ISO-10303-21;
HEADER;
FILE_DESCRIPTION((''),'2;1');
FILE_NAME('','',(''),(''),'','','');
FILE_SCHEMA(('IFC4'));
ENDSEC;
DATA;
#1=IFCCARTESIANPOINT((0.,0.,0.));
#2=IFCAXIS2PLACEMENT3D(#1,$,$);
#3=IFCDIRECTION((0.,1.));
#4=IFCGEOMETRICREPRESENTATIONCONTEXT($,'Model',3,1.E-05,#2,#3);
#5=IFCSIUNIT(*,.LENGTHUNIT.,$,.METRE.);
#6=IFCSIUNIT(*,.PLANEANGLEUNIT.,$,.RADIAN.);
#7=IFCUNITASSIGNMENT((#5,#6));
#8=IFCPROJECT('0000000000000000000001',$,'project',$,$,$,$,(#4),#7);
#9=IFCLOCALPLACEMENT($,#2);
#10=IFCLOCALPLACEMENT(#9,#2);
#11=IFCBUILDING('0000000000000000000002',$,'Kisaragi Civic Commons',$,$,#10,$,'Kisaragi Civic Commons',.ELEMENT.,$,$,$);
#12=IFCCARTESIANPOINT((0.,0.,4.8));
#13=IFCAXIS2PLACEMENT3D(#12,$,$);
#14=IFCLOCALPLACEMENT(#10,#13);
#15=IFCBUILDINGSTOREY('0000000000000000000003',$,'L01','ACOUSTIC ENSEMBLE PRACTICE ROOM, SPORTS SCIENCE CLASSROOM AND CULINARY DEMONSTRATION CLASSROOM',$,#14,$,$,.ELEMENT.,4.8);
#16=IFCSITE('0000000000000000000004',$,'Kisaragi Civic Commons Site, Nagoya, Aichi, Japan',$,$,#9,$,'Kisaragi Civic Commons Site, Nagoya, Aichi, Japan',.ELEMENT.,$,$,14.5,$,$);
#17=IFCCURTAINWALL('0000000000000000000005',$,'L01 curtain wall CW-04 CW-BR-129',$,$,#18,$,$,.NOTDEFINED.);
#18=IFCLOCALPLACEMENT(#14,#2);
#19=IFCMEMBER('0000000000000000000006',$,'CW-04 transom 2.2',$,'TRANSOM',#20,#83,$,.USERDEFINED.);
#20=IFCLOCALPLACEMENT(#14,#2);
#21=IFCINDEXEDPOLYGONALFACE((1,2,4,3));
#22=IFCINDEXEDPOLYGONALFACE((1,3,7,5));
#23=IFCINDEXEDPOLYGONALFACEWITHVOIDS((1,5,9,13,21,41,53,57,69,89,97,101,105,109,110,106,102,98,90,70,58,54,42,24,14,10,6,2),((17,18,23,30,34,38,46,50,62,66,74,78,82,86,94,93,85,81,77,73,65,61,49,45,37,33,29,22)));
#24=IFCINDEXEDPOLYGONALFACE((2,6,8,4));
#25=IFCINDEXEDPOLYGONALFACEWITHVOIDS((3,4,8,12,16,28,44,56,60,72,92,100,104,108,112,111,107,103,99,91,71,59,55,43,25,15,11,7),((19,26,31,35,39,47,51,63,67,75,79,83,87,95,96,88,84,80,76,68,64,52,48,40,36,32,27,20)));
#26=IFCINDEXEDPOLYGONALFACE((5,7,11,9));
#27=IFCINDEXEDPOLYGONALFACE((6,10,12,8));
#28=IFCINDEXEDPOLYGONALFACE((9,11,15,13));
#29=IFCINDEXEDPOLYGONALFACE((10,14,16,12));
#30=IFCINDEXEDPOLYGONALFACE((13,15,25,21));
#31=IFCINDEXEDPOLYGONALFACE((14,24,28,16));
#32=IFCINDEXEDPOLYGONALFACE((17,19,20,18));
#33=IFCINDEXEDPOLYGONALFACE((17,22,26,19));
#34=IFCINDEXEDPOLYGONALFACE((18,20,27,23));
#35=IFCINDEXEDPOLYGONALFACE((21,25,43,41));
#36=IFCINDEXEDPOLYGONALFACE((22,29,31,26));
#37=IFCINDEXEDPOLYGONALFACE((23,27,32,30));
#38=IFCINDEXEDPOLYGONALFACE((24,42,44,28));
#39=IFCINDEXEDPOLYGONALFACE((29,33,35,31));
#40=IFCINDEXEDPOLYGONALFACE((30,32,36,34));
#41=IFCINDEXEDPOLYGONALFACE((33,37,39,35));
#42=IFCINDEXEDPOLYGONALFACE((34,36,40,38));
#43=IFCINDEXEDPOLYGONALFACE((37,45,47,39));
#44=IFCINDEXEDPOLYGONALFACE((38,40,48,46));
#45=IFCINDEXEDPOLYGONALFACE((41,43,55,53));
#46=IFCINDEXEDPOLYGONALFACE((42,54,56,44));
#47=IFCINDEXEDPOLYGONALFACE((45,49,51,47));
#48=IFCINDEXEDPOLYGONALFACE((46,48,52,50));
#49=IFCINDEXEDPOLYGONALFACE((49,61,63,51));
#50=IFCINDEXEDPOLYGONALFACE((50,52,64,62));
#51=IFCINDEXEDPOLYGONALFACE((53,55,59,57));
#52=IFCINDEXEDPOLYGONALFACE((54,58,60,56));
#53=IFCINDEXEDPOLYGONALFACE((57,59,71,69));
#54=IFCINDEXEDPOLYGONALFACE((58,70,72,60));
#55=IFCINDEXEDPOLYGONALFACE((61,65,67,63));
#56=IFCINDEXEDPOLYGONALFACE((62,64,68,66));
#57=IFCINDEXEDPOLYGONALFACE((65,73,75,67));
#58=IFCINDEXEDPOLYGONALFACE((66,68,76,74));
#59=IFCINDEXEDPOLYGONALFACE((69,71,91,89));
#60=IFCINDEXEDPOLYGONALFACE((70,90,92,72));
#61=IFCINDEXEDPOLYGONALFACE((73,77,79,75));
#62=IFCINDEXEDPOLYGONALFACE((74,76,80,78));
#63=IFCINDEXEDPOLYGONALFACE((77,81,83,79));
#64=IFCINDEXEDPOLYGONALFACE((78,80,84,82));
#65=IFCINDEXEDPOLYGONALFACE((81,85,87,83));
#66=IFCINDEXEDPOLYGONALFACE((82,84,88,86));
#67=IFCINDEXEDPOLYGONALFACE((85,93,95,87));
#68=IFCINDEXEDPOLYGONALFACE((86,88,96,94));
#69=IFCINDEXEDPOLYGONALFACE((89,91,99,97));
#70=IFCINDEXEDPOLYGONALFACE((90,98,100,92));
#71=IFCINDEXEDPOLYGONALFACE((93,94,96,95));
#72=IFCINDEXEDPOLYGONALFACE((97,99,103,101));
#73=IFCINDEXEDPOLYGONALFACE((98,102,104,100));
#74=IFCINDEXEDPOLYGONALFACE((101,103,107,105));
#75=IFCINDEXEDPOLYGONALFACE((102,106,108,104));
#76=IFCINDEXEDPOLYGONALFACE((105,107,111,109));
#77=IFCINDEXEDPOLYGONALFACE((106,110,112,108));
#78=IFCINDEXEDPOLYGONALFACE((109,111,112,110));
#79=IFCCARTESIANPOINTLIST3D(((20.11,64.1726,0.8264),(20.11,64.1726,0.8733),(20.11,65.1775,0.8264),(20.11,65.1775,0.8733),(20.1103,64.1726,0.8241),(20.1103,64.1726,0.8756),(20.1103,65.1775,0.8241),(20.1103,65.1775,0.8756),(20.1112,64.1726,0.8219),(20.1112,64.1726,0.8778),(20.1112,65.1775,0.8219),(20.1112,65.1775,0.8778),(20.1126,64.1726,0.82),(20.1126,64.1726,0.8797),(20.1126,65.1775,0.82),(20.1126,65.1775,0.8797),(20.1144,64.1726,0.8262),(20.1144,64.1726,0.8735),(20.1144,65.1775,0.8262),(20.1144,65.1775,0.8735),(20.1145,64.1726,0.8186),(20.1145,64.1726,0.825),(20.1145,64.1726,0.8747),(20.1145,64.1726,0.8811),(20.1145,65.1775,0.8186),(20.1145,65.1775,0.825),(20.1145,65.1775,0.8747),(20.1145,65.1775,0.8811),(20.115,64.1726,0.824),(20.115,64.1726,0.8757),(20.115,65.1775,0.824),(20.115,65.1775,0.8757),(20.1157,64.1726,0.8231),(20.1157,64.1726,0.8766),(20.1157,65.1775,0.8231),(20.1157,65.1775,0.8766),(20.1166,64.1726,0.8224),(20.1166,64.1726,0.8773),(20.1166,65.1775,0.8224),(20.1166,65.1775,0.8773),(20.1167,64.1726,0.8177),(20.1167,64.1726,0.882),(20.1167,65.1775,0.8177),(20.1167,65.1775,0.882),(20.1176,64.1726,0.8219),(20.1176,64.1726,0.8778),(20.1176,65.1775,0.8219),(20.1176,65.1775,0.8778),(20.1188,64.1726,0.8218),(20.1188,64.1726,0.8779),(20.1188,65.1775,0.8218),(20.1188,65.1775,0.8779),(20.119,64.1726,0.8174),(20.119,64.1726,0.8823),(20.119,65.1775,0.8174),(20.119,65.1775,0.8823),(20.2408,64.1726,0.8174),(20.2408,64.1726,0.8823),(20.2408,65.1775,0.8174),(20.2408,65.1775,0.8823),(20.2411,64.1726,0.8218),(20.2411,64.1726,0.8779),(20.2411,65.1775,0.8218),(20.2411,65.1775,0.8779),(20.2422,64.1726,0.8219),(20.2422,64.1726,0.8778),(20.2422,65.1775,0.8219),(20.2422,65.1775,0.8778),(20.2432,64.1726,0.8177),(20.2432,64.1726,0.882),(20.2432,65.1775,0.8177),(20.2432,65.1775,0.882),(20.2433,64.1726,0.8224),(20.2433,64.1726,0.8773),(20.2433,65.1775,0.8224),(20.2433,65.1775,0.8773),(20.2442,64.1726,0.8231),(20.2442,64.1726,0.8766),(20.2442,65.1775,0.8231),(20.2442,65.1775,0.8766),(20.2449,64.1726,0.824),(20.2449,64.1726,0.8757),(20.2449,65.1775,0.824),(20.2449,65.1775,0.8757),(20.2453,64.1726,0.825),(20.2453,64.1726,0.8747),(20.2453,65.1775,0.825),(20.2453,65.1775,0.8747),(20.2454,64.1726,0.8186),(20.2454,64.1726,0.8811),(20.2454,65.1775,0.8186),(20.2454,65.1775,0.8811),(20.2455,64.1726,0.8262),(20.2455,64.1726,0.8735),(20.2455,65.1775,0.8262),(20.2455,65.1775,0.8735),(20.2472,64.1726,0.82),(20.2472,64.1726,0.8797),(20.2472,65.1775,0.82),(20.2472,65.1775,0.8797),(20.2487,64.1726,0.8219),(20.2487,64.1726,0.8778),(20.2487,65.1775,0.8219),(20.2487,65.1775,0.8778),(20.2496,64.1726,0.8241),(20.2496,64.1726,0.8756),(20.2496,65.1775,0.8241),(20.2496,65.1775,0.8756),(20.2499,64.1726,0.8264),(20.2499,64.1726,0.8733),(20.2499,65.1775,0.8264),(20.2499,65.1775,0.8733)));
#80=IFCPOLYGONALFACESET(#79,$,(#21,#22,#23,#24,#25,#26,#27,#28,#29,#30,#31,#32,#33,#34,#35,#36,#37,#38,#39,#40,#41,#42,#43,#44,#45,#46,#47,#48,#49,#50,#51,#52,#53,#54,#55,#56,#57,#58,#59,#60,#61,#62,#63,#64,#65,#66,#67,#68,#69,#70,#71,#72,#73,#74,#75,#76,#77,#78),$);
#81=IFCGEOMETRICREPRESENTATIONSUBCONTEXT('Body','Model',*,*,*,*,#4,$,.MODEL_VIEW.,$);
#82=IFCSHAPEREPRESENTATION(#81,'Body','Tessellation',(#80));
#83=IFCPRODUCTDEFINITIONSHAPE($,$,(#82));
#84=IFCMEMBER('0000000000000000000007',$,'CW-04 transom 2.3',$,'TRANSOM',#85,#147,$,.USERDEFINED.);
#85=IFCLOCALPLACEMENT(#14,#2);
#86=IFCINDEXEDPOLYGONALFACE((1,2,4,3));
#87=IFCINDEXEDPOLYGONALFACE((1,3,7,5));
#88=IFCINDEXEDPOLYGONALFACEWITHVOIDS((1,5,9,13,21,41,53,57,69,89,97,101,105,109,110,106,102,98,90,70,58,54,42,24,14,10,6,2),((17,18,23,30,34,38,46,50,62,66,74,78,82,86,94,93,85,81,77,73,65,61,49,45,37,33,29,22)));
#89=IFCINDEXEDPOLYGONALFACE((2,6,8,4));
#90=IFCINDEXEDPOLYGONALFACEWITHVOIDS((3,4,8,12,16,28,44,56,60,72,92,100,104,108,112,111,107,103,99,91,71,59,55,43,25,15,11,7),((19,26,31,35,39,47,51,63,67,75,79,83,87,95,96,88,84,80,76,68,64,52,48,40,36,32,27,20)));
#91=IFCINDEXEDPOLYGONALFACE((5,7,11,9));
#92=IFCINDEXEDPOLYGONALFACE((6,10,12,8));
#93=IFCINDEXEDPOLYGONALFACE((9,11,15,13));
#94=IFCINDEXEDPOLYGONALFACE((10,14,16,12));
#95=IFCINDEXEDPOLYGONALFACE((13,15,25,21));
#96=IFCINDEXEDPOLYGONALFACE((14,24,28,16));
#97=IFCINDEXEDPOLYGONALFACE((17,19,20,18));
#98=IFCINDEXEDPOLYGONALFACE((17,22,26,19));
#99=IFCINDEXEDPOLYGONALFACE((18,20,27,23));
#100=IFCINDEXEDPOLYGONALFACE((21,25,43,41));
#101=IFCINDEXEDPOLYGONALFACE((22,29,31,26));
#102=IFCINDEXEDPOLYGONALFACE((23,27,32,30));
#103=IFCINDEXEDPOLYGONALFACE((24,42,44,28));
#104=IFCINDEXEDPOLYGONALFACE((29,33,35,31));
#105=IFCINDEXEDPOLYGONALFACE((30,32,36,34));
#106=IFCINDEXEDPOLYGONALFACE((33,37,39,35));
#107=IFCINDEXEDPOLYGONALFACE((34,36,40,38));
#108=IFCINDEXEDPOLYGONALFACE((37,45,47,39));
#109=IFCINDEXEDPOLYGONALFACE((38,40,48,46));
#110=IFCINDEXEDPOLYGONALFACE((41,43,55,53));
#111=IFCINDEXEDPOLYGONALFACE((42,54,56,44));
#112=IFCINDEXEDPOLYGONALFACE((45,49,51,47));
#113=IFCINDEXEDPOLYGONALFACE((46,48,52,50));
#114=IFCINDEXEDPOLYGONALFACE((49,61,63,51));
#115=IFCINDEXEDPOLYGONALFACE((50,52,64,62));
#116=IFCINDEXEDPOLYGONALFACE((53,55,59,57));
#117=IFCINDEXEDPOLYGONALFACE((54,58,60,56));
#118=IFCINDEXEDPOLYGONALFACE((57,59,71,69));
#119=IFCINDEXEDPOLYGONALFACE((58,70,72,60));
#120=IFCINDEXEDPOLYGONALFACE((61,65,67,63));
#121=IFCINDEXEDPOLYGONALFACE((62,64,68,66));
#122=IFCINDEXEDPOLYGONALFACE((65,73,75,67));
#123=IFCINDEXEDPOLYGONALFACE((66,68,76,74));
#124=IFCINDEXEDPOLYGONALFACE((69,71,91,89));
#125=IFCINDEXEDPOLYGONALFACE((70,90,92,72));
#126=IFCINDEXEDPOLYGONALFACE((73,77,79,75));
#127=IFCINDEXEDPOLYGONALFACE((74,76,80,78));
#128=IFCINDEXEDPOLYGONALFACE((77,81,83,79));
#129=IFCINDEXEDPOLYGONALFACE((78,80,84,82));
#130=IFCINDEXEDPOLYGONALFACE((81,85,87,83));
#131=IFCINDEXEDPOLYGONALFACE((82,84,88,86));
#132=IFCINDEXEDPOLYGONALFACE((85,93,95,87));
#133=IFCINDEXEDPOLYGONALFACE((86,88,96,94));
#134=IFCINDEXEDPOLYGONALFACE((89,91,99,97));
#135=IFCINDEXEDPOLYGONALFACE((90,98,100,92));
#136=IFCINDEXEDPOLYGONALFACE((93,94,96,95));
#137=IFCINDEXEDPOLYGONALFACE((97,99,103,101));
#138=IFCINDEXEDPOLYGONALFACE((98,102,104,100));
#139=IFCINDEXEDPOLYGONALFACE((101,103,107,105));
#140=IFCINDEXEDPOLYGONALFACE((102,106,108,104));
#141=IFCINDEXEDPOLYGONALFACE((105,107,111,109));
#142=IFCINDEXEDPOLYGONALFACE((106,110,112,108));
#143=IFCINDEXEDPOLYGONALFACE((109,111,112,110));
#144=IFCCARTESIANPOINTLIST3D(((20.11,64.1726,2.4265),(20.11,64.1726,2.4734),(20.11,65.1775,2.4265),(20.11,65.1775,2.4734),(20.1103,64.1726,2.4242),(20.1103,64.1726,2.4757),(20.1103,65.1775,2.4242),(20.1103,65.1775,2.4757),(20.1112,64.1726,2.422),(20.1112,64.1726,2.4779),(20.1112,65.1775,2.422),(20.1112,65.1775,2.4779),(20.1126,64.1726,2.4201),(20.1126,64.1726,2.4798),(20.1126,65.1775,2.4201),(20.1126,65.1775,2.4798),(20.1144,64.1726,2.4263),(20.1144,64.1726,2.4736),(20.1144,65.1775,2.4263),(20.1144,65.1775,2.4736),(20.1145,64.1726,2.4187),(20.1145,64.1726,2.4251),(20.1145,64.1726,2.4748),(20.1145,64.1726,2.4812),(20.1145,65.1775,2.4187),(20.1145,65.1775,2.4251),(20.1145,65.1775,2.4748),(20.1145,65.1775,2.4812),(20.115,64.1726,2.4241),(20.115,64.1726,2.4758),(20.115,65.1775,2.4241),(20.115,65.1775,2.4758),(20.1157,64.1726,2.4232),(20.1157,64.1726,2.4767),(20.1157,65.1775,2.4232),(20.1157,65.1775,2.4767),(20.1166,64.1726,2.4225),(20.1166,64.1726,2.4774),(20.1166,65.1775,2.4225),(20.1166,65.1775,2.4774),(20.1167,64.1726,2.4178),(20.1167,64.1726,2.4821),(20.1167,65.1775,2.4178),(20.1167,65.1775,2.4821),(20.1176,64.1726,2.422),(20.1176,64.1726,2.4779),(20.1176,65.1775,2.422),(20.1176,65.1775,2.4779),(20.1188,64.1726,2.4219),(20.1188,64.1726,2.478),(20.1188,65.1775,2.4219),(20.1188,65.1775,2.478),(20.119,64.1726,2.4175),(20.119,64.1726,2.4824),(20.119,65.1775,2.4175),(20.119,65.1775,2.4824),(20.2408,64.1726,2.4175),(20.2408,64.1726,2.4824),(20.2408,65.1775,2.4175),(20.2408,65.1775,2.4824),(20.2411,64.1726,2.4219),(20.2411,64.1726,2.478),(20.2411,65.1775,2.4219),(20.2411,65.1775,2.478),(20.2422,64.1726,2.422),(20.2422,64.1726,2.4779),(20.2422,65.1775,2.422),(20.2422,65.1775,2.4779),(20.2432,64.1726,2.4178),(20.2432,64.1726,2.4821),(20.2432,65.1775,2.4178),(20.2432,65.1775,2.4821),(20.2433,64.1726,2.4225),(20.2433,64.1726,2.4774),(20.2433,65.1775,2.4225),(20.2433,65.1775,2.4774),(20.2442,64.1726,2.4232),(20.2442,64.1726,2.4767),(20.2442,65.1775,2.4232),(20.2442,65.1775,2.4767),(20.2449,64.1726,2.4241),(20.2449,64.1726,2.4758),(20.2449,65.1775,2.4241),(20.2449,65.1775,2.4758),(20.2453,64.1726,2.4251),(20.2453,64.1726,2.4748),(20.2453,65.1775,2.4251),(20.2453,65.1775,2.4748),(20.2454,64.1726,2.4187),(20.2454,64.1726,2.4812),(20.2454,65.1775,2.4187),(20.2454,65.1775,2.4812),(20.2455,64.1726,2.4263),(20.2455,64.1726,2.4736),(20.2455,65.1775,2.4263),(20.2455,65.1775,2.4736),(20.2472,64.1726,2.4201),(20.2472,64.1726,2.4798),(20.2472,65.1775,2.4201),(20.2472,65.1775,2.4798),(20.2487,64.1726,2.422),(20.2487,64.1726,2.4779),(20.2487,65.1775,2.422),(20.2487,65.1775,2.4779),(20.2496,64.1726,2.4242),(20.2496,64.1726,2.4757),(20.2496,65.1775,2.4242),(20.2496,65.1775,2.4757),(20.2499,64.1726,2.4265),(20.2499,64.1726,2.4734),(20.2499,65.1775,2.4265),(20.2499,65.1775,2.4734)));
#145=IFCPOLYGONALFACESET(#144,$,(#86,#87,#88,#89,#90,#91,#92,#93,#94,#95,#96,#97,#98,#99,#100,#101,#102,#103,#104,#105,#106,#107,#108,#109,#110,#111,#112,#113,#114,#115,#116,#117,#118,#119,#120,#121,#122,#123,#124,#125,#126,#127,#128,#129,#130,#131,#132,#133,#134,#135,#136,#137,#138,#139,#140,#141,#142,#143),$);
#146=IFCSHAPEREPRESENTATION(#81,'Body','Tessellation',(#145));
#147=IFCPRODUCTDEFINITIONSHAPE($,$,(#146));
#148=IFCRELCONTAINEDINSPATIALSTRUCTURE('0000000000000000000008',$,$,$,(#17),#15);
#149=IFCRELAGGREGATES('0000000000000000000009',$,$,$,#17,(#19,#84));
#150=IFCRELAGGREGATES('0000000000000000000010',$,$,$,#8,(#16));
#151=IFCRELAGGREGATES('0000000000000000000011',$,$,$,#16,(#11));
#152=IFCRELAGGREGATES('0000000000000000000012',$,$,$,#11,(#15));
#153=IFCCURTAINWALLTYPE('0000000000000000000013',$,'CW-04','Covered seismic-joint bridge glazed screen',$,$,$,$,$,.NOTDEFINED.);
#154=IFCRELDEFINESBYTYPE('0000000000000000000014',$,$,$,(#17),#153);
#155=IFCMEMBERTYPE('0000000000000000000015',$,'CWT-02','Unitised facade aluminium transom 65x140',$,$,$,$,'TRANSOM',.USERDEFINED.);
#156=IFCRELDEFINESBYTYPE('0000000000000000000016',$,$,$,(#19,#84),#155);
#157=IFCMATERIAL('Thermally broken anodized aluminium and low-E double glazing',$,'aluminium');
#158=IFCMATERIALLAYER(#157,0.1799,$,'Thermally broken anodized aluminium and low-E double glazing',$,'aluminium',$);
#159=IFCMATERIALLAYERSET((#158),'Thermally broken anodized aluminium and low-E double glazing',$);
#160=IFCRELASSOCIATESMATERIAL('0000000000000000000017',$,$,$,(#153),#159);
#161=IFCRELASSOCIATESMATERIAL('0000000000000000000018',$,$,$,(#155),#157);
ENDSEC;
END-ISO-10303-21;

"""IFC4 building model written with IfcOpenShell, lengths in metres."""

from ifc_helpers import new_model, si_unit, direction, frame, origin, origin_2d, place, context, subcontext, project, spatial, hollow_rectangle, extrude, material, layer, layer_set, material_profile, profile_set, type_object, element, aggregate, save


model = new_model("IFC4")

# Units and contexts
model_context = context("Model", 3, precision=1e-05, world=origin(), true_north=direction((0.0, 1.0)))
body_context = subcontext(model_context, "Body", "Model", "MODEL_VIEW")
ifc_project = project(units=[si_unit("LENGTHUNIT", "METRE"), si_unit("PLANEANGLEUNIT", "RADIAN")], contexts=[model_context])

# Site, building, storey
site_placement = place(None, origin())
site = spatial("IfcSite", under=ifc_project, at=site_placement, Name="Kisaragi Civic Commons Site, Nagoya, Aichi, Japan", LongName="Kisaragi Civic Commons Site, Nagoya, Aichi, Japan", CompositionType="ELEMENT", RefElevation=14.5)
building_placement = place(site_placement, origin())
building = spatial("IfcBuilding", under=site, at=building_placement, Name="Kisaragi Civic Commons", LongName="Kisaragi Civic Commons", CompositionType="ELEMENT")
storey_placement = place(building_placement, frame((0.0, 0.0, 4.8)))
storey = spatial("IfcBuildingStorey", under=building, at=storey_placement, Name="L01", Description="ACOUSTIC ENSEMBLE PRACTICE ROOM, SPORTS SCIENCE CLASSROOM AND CULINARY DEMONSTRATION CLASSROOM", CompositionType="ELEMENT", Elevation=4.8)

# Curtain wall, members
ifc_material_1 = material(Name="Thermally broken anodized aluminium and low-E double glazing", Category="aluminium")
ifc_layer_1 = layer(ifc_material_1, 0.1799, Name="Thermally broken anodized aluminium and low-E double glazing", Category="aluminium")
ifc_layer_set_1 = layer_set([ifc_layer_1], Name="Thermally broken anodized aluminium and low-E double glazing")
curtain_wall_type = type_object("IfcCurtainWallType", Name="CW-04", Description="Covered seismic-joint bridge glazed screen", PredefinedType="NOTDEFINED", material=ifc_layer_set_1)
curtain_wall_placement = place(storey_placement, origin())
curtain_wall = element("IfcCurtainWall", 1, at=curtain_wall_placement, inside=storey, type_object=curtain_wall_type, Name="L01 curtain wall CW-04 CW-BR-129", PredefinedType="NOTDEFINED")
ifc_material_profile_1 = material_profile(ifc_material_1, hollow_rectangle(XDim=0.1399, YDim=0.0649, WallThickness=0.0044, InnerFilletRadius=0.0044, OuterFilletRadius=0.009, at=origin_2d()), Name="CWT-65x140x4.5", Category="aluminium")
ifc_profile_set_1 = profile_set([ifc_material_profile_1], Name="Thermally broken anodized aluminium and low-E double glazing")
member_type_1 = type_object("IfcMemberType", Name="CWT-02", Description="Unitised facade aluminium transom 65x140", ElementType="TRANSOM", PredefinedType="USERDEFINED", material=ifc_profile_set_1)
member_1_placement = place(storey_placement, frame((20.1799, 64.1726, 0.8499), z_axis=(0.0, 1.0, 0.0), x_axis=(-1.0, 0.0, 0.0)))
member_1 = element("IfcMember", 2, at=member_1_placement, type_object=member_type_1, Name="CW-04 transom 2.2", ObjectType="TRANSOM", PredefinedType="USERDEFINED", context=body_context, shape_type="SweptSolid", body=[
    extrude(hollow_rectangle(XDim=0.1399, YDim=0.0649, WallThickness=0.0044, InnerFilletRadius=0.0044, OuterFilletRadius=0.009, at=origin_2d()), origin(), (0.0, 0.0, 1.0), 1.0049),
])
member_2_placement = place(storey_placement, frame((20.1799, 64.1726, 2.45), z_axis=(0.0, 1.0, 0.0), x_axis=(-1.0, 0.0, 0.0)))
member_2 = element("IfcMember", 3, at=member_2_placement, type_object=member_type_1, Name="CW-04 transom 2.3", ObjectType="TRANSOM", PredefinedType="USERDEFINED", context=body_context, shape_type="SweptSolid", body=[
    extrude(hollow_rectangle(XDim=0.1399, YDim=0.0649, WallThickness=0.0044, InnerFilletRadius=0.0044, OuterFilletRadius=0.009, at=origin_2d()), origin(), (0.0, 0.0, 1.0), 1.0049),
])

aggregate(curtain_wall, [member_1, member_2])

save(model, "model.ifc")
